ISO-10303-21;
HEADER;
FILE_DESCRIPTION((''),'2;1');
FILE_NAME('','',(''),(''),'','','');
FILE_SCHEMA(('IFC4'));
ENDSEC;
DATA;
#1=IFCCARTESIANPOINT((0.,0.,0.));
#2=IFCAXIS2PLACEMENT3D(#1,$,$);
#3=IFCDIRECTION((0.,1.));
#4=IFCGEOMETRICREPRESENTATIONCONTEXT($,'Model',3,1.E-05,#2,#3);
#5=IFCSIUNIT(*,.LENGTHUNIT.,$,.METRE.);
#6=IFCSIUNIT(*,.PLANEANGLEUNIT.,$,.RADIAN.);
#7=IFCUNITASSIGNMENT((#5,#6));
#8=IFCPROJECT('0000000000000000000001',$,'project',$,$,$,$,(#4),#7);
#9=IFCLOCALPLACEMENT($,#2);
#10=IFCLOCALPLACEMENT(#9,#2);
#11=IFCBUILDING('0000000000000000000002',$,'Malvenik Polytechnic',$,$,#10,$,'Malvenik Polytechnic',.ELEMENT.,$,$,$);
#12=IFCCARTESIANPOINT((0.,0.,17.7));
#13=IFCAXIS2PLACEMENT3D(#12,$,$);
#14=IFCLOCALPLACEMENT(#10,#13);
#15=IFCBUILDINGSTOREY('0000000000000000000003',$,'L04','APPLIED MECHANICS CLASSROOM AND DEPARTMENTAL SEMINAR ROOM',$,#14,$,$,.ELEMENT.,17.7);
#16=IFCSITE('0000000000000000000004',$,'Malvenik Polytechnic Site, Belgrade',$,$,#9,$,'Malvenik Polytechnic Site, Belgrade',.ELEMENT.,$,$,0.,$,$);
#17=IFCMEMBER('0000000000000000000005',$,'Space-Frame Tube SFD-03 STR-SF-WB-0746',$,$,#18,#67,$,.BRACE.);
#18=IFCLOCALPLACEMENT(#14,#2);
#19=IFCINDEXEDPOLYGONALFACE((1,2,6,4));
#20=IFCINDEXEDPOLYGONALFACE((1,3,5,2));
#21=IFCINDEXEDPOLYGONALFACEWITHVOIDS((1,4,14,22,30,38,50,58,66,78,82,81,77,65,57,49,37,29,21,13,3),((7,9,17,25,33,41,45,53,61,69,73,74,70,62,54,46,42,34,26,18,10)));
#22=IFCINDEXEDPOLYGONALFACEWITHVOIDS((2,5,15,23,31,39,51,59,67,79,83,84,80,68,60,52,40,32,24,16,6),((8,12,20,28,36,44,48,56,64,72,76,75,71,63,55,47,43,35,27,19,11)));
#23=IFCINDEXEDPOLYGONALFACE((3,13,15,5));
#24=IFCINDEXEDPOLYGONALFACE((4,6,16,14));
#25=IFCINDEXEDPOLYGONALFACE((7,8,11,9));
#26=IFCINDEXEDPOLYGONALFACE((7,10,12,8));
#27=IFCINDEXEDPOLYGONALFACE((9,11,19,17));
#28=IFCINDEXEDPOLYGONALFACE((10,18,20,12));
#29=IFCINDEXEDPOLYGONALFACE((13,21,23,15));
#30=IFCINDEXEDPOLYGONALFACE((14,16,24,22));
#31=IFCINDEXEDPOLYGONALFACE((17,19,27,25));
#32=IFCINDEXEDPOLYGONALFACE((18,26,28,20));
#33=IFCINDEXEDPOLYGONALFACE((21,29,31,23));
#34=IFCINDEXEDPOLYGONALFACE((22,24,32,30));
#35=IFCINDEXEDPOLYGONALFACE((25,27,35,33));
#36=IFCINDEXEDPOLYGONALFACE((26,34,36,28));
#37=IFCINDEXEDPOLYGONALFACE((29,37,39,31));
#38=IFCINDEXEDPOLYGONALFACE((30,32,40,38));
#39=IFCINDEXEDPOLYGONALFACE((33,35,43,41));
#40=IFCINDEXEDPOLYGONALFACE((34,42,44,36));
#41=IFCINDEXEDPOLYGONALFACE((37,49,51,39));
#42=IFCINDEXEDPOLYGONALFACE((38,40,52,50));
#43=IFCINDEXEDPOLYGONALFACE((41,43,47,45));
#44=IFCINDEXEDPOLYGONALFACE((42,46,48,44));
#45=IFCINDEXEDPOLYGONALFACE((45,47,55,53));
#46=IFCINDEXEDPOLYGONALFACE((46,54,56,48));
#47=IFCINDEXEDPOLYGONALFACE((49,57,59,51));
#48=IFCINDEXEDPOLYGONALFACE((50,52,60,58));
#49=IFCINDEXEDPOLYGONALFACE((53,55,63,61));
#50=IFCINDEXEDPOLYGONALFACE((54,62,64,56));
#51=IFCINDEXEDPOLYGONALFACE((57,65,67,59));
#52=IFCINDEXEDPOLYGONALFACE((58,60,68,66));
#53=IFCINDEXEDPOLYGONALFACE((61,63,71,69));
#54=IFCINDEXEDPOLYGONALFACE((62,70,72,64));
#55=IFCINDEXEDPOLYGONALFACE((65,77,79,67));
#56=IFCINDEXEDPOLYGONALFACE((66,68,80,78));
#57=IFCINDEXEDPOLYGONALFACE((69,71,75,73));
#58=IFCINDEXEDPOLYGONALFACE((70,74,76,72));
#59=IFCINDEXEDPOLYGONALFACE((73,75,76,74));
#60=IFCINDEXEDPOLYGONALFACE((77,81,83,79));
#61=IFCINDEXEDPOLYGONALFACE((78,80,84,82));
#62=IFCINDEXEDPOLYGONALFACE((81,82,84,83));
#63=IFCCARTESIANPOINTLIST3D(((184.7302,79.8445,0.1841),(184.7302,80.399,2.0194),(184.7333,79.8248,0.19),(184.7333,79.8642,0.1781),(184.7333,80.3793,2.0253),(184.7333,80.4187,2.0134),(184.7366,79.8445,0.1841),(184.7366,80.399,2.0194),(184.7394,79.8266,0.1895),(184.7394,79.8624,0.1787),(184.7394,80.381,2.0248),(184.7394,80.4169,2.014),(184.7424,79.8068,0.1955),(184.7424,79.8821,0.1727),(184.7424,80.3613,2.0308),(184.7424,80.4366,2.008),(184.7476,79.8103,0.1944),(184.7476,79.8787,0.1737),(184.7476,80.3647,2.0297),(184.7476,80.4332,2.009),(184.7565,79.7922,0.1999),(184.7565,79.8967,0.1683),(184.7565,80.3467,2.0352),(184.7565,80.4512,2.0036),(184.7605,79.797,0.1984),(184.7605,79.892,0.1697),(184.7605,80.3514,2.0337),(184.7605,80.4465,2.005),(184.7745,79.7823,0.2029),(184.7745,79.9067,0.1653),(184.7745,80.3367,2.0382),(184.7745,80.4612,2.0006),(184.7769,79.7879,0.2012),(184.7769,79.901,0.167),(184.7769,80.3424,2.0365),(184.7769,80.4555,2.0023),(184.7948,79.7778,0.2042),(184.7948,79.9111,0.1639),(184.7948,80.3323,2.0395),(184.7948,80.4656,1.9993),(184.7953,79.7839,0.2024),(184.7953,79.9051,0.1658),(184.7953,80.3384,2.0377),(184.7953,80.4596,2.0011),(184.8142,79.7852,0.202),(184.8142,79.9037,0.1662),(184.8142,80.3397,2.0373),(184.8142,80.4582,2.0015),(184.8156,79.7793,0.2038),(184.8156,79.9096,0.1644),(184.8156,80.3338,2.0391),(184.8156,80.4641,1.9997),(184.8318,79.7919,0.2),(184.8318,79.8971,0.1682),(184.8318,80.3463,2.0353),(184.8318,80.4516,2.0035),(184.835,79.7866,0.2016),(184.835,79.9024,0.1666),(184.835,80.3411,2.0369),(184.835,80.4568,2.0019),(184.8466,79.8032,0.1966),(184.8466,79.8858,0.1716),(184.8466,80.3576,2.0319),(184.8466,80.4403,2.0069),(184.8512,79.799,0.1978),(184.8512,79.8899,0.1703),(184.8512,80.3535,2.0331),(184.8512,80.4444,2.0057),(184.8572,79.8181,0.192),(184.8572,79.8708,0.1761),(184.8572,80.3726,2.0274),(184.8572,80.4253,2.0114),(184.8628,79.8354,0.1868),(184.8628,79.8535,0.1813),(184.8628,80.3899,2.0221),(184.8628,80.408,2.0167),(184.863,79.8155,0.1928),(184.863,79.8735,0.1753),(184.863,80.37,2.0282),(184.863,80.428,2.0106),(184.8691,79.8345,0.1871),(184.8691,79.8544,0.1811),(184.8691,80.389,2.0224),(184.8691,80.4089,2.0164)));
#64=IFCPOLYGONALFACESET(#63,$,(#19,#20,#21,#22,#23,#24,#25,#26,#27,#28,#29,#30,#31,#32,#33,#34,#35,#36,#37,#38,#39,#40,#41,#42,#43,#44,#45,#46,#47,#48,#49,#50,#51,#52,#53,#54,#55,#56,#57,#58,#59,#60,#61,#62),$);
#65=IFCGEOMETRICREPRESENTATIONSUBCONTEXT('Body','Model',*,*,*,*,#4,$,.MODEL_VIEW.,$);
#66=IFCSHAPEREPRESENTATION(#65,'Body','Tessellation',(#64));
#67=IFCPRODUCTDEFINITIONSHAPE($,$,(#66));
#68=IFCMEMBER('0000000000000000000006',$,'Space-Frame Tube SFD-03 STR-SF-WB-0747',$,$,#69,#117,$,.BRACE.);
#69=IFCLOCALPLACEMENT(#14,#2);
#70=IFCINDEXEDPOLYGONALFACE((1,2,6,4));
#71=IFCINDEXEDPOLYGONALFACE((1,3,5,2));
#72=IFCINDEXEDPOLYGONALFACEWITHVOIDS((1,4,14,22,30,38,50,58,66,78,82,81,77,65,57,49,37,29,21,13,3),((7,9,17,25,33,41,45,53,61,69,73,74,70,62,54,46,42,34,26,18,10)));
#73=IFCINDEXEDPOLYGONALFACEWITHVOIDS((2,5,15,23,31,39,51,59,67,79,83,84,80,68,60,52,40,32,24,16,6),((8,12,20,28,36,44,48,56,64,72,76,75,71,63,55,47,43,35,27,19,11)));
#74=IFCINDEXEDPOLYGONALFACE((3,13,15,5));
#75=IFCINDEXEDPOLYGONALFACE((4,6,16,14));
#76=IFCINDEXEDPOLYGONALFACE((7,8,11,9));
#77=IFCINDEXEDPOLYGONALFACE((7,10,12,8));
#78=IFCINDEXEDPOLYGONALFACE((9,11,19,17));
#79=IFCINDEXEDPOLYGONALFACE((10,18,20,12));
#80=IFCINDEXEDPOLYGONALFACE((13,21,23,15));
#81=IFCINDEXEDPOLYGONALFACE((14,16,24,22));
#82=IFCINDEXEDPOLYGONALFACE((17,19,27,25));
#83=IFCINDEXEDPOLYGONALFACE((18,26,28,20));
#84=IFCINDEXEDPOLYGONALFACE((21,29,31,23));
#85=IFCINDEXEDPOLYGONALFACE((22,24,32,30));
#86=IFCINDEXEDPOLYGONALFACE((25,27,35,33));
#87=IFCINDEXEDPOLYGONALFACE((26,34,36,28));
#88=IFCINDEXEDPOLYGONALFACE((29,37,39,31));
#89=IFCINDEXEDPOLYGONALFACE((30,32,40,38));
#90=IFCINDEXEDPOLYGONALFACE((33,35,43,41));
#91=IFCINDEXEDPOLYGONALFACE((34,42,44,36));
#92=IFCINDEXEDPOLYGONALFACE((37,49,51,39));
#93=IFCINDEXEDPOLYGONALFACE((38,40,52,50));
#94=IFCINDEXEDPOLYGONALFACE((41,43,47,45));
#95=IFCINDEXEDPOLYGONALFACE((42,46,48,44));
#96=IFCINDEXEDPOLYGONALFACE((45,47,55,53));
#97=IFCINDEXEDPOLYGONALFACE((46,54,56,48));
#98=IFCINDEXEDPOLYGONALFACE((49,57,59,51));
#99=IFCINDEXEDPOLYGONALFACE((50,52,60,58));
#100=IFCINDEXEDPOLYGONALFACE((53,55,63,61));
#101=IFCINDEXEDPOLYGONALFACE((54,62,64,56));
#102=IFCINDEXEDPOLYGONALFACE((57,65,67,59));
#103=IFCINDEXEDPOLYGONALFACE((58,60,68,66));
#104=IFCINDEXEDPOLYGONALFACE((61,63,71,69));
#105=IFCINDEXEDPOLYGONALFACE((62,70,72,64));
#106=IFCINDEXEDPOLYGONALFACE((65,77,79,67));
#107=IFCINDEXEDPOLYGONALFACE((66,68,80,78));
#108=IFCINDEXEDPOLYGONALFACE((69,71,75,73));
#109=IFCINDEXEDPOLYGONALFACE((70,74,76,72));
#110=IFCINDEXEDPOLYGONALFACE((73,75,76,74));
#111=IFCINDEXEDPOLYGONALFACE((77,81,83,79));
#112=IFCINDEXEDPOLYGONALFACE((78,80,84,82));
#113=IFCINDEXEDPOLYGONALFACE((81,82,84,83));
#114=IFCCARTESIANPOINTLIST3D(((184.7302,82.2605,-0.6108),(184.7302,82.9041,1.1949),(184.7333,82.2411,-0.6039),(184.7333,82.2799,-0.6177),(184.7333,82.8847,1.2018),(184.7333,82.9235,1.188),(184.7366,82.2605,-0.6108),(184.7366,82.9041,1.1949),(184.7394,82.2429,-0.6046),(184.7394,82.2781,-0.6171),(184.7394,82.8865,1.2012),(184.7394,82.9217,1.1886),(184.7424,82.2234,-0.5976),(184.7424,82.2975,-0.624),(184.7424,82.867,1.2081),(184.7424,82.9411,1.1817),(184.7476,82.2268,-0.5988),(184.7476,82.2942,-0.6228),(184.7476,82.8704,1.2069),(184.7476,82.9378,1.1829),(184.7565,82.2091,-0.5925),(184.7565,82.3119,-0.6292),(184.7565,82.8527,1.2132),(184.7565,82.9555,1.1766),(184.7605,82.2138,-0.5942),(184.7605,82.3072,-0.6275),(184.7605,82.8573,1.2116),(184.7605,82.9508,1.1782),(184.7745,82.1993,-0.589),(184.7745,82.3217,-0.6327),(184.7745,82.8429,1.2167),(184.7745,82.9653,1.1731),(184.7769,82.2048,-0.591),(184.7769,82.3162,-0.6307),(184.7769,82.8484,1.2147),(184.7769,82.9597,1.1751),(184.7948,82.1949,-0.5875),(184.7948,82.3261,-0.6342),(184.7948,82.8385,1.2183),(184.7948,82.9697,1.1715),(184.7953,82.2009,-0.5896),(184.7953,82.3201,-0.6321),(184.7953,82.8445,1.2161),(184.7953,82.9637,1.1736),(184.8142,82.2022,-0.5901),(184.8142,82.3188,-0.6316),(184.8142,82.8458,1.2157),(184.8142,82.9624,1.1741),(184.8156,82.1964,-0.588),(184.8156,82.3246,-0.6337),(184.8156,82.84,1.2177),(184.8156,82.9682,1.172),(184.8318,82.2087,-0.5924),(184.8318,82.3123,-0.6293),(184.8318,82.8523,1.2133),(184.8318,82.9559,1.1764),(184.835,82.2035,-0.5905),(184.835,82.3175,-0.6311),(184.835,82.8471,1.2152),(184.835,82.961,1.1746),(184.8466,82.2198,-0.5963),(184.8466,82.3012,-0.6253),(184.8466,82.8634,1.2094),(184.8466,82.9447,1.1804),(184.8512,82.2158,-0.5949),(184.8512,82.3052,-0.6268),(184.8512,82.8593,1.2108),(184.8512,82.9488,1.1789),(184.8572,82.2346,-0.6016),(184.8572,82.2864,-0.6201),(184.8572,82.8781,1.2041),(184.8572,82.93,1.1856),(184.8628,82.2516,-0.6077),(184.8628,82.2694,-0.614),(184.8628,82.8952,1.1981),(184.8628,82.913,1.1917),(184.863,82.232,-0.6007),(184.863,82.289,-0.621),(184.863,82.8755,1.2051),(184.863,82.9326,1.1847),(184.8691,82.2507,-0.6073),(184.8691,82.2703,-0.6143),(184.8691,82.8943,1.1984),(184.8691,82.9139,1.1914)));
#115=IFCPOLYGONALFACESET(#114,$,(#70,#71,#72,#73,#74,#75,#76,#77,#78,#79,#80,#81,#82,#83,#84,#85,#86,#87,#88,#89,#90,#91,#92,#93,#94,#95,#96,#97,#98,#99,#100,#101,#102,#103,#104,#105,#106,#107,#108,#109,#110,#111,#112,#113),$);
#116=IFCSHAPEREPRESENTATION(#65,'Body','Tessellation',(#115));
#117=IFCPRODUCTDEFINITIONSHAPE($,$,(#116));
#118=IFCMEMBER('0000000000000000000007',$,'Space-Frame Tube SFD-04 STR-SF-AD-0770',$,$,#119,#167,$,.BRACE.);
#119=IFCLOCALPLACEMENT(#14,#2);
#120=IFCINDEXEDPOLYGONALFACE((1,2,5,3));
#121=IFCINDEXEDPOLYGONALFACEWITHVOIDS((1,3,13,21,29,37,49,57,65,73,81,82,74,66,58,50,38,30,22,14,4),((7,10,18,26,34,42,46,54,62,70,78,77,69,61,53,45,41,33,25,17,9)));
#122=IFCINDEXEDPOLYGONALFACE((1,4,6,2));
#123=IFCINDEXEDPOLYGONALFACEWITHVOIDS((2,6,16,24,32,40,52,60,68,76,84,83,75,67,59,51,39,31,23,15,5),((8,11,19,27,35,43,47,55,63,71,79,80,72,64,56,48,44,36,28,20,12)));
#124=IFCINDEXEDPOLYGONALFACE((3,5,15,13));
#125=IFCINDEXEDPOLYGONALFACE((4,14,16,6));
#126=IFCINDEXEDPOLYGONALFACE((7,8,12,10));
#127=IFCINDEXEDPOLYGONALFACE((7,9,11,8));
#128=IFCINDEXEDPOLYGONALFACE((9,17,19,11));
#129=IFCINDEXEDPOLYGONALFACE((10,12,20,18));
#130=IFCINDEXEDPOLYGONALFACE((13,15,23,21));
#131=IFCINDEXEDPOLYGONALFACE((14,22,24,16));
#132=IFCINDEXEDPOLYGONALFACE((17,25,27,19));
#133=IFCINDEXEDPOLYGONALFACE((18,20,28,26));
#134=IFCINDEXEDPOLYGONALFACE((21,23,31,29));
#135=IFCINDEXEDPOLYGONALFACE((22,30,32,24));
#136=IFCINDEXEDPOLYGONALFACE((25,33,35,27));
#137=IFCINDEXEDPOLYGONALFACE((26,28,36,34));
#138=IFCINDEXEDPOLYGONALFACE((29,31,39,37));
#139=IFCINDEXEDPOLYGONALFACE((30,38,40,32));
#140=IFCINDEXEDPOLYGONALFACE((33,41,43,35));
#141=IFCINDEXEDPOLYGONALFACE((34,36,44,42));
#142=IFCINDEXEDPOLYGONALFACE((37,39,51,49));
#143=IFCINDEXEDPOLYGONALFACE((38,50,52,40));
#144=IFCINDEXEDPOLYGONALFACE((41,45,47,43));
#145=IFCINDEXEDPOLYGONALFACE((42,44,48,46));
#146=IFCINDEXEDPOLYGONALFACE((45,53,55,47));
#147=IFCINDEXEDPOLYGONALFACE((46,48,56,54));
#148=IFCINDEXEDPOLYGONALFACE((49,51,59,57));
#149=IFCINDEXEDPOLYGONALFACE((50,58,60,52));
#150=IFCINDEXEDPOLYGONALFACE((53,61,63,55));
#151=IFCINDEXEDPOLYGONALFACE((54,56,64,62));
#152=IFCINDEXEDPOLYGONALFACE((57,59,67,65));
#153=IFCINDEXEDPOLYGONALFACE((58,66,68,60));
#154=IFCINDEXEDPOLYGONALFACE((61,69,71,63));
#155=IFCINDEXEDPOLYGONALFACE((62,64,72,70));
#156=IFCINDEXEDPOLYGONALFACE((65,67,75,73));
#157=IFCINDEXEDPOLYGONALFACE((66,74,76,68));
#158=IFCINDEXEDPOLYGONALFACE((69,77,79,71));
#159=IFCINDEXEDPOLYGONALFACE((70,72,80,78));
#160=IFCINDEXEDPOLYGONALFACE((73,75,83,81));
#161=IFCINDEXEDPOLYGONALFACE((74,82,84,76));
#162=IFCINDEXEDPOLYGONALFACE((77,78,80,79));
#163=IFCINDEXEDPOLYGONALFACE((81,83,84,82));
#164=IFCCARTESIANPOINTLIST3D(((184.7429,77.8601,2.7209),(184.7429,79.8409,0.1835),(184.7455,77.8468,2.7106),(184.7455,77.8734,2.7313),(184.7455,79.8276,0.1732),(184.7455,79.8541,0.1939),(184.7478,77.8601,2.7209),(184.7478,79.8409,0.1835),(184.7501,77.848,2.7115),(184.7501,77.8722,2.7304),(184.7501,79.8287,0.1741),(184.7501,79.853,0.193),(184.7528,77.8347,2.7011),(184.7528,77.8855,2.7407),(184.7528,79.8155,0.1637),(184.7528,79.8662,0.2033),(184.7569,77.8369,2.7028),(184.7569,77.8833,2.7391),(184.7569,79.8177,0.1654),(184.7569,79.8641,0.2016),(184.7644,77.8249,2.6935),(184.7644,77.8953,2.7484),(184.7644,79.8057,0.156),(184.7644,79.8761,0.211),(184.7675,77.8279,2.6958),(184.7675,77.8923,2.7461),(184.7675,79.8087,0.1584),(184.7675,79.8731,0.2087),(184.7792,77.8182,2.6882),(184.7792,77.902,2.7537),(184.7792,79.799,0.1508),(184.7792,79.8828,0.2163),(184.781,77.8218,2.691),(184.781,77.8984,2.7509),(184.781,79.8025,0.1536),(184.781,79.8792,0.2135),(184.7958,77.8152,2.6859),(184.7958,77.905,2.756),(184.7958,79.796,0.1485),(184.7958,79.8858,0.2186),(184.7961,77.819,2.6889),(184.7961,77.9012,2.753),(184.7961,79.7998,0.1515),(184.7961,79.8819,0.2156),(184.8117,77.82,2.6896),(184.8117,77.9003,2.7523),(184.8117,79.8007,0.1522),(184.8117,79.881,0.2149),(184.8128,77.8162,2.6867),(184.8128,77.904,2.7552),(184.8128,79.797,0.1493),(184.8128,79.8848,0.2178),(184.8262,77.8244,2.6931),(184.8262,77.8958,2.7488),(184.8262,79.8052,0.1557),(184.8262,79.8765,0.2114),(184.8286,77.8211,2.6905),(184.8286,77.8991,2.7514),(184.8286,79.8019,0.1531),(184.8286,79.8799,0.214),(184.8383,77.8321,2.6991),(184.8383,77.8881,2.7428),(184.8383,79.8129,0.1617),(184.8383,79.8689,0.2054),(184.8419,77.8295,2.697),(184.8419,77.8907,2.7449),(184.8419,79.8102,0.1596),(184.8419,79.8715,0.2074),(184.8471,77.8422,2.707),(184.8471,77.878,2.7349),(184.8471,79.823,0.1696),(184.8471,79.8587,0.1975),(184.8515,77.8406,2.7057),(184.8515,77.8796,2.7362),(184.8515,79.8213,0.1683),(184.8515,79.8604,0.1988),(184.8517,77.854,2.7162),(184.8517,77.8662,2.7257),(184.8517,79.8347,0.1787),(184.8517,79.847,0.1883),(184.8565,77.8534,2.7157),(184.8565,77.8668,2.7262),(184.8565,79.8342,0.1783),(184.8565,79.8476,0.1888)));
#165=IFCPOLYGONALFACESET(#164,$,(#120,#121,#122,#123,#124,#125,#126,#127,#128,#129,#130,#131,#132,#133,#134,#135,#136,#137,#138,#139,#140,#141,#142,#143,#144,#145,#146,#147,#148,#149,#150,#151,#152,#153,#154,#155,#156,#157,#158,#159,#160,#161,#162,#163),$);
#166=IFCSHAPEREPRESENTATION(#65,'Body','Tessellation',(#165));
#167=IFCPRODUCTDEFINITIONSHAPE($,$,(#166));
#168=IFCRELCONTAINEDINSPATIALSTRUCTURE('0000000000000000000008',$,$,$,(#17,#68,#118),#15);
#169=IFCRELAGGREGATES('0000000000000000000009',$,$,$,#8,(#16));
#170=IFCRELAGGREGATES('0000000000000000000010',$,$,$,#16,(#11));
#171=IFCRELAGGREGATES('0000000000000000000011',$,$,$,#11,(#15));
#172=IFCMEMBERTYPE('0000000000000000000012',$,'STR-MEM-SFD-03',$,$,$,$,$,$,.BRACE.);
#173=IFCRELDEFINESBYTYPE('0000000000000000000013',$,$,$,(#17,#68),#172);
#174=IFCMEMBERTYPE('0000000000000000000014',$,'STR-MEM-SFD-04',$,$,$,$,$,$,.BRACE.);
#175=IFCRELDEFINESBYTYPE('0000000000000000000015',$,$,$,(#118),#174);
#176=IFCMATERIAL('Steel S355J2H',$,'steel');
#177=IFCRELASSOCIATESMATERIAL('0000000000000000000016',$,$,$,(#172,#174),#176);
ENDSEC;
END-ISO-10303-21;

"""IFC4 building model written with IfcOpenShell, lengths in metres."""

from ifc_helpers import new_model, si_unit, direction, frame, origin, origin_2d, place, context, subcontext, project, spatial, hollow_circle, extrude, material, material_profile, profile_set, type_object, element, save


model = new_model("IFC4")

# Units and contexts
model_context = context("Model", 3, precision=1e-05, world=origin(), true_north=direction((0.0, 1.0)))
body_context = subcontext(model_context, "Body", "Model", "MODEL_VIEW")
ifc_project = project(units=[si_unit("LENGTHUNIT", "METRE"), si_unit("PLANEANGLEUNIT", "RADIAN")], contexts=[model_context])

# Site, building, storey
site_placement = place(None, origin())
site = spatial("IfcSite", under=ifc_project, at=site_placement, Name="Malvenik Polytechnic Site, Belgrade", LongName="Malvenik Polytechnic Site, Belgrade", CompositionType="ELEMENT", RefElevation=0.0)
building_placement = place(site_placement, origin())
building = spatial("IfcBuilding", under=site, at=building_placement, Name="Malvenik Polytechnic", LongName="Malvenik Polytechnic", CompositionType="ELEMENT")
storey_placement = place(building_placement, frame((0.0, 0.0, 17.7)))
storey = spatial("IfcBuildingStorey", under=building, at=storey_placement, Name="L04", Description="APPLIED MECHANICS CLASSROOM AND DEPARTMENTAL SEMINAR ROOM", CompositionType="ELEMENT", Elevation=17.7)

# Members
ifc_material = material(Name="Steel S355J2H", Category="steel")
ifc_material_profile_1 = material_profile(ifc_material, hollow_circle(Radius=0.0698, WallThickness=0.0063, at=origin_2d()), Name="CHS 139.7x6.3")
ifc_profile_set_1 = profile_set([ifc_material_profile_1], Name="Steel S355J2H")
member_type_1 = type_object("IfcMemberType", Name="STR-MEM-SFD-03", PredefinedType="BRACE", material=ifc_profile_set_1)
member_1_placement = place(storey_placement, frame((184.8, 79.8445, 0.1841), z_axis=(0.0, 0.289205, 0.957267), x_axis=(-1.0, 0.0, 0.0)))
element("IfcMember", 1, at=member_1_placement, inside=storey, type_object=member_type_1, Name="Space-Frame Tube SFD-03 STR-SF-WB-0746", PredefinedType="BRACE", context=body_context, shape_type="SweptSolid", body=[
    extrude(hollow_circle(Radius=0.0698, WallThickness=0.0063, at=origin_2d()), origin(), (0.0, 0.0, 1.0), 1.9172),
])
member_2_placement = place(storey_placement, frame((184.8, 82.2605, -0.6108), z_axis=(0.0, 0.335723, 0.941961), x_axis=(-1.0, 0.0, 0.0)))
element("IfcMember", 2, at=member_2_placement, inside=storey, type_object=member_type_1, Name="Space-Frame Tube SFD-03 STR-SF-WB-0747", PredefinedType="BRACE", context=body_context, shape_type="SweptSolid", body=[
    extrude(hollow_circle(Radius=0.0698, WallThickness=0.0063, at=origin_2d()), origin(), (0.0, 0.0, 1.0), 1.917),
])
ifc_material_profile_2 = material_profile(ifc_material, hollow_circle(Radius=0.0571, WallThickness=0.0049, at=origin_2d()), Name="CHS 114.3x5.0")
ifc_profile_set_2 = profile_set([ifc_material_profile_2], Name="Steel S355J2H")
member_type_2 = type_object("IfcMemberType", Name="STR-MEM-SFD-04", PredefinedType="BRACE", material=ifc_profile_set_2)
member_3_placement = place(storey_placement, frame((184.8, 77.8601, 2.7209), z_axis=(0.0, 0.615336, -0.788265), x_axis=(-1.0, 0.0, 0.0)))
element("IfcMember", 3, at=member_3_placement, inside=storey, type_object=member_type_2, Name="Space-Frame Tube SFD-04 STR-SF-AD-0770", PredefinedType="BRACE", context=body_context, shape_type="SweptSolid", body=[
    extrude(hollow_circle(Radius=0.0571, WallThickness=0.0049, at=origin_2d()), origin(), (0.0, 0.0, 1.0), 3.219),
])

save(model, "model.ifc")
